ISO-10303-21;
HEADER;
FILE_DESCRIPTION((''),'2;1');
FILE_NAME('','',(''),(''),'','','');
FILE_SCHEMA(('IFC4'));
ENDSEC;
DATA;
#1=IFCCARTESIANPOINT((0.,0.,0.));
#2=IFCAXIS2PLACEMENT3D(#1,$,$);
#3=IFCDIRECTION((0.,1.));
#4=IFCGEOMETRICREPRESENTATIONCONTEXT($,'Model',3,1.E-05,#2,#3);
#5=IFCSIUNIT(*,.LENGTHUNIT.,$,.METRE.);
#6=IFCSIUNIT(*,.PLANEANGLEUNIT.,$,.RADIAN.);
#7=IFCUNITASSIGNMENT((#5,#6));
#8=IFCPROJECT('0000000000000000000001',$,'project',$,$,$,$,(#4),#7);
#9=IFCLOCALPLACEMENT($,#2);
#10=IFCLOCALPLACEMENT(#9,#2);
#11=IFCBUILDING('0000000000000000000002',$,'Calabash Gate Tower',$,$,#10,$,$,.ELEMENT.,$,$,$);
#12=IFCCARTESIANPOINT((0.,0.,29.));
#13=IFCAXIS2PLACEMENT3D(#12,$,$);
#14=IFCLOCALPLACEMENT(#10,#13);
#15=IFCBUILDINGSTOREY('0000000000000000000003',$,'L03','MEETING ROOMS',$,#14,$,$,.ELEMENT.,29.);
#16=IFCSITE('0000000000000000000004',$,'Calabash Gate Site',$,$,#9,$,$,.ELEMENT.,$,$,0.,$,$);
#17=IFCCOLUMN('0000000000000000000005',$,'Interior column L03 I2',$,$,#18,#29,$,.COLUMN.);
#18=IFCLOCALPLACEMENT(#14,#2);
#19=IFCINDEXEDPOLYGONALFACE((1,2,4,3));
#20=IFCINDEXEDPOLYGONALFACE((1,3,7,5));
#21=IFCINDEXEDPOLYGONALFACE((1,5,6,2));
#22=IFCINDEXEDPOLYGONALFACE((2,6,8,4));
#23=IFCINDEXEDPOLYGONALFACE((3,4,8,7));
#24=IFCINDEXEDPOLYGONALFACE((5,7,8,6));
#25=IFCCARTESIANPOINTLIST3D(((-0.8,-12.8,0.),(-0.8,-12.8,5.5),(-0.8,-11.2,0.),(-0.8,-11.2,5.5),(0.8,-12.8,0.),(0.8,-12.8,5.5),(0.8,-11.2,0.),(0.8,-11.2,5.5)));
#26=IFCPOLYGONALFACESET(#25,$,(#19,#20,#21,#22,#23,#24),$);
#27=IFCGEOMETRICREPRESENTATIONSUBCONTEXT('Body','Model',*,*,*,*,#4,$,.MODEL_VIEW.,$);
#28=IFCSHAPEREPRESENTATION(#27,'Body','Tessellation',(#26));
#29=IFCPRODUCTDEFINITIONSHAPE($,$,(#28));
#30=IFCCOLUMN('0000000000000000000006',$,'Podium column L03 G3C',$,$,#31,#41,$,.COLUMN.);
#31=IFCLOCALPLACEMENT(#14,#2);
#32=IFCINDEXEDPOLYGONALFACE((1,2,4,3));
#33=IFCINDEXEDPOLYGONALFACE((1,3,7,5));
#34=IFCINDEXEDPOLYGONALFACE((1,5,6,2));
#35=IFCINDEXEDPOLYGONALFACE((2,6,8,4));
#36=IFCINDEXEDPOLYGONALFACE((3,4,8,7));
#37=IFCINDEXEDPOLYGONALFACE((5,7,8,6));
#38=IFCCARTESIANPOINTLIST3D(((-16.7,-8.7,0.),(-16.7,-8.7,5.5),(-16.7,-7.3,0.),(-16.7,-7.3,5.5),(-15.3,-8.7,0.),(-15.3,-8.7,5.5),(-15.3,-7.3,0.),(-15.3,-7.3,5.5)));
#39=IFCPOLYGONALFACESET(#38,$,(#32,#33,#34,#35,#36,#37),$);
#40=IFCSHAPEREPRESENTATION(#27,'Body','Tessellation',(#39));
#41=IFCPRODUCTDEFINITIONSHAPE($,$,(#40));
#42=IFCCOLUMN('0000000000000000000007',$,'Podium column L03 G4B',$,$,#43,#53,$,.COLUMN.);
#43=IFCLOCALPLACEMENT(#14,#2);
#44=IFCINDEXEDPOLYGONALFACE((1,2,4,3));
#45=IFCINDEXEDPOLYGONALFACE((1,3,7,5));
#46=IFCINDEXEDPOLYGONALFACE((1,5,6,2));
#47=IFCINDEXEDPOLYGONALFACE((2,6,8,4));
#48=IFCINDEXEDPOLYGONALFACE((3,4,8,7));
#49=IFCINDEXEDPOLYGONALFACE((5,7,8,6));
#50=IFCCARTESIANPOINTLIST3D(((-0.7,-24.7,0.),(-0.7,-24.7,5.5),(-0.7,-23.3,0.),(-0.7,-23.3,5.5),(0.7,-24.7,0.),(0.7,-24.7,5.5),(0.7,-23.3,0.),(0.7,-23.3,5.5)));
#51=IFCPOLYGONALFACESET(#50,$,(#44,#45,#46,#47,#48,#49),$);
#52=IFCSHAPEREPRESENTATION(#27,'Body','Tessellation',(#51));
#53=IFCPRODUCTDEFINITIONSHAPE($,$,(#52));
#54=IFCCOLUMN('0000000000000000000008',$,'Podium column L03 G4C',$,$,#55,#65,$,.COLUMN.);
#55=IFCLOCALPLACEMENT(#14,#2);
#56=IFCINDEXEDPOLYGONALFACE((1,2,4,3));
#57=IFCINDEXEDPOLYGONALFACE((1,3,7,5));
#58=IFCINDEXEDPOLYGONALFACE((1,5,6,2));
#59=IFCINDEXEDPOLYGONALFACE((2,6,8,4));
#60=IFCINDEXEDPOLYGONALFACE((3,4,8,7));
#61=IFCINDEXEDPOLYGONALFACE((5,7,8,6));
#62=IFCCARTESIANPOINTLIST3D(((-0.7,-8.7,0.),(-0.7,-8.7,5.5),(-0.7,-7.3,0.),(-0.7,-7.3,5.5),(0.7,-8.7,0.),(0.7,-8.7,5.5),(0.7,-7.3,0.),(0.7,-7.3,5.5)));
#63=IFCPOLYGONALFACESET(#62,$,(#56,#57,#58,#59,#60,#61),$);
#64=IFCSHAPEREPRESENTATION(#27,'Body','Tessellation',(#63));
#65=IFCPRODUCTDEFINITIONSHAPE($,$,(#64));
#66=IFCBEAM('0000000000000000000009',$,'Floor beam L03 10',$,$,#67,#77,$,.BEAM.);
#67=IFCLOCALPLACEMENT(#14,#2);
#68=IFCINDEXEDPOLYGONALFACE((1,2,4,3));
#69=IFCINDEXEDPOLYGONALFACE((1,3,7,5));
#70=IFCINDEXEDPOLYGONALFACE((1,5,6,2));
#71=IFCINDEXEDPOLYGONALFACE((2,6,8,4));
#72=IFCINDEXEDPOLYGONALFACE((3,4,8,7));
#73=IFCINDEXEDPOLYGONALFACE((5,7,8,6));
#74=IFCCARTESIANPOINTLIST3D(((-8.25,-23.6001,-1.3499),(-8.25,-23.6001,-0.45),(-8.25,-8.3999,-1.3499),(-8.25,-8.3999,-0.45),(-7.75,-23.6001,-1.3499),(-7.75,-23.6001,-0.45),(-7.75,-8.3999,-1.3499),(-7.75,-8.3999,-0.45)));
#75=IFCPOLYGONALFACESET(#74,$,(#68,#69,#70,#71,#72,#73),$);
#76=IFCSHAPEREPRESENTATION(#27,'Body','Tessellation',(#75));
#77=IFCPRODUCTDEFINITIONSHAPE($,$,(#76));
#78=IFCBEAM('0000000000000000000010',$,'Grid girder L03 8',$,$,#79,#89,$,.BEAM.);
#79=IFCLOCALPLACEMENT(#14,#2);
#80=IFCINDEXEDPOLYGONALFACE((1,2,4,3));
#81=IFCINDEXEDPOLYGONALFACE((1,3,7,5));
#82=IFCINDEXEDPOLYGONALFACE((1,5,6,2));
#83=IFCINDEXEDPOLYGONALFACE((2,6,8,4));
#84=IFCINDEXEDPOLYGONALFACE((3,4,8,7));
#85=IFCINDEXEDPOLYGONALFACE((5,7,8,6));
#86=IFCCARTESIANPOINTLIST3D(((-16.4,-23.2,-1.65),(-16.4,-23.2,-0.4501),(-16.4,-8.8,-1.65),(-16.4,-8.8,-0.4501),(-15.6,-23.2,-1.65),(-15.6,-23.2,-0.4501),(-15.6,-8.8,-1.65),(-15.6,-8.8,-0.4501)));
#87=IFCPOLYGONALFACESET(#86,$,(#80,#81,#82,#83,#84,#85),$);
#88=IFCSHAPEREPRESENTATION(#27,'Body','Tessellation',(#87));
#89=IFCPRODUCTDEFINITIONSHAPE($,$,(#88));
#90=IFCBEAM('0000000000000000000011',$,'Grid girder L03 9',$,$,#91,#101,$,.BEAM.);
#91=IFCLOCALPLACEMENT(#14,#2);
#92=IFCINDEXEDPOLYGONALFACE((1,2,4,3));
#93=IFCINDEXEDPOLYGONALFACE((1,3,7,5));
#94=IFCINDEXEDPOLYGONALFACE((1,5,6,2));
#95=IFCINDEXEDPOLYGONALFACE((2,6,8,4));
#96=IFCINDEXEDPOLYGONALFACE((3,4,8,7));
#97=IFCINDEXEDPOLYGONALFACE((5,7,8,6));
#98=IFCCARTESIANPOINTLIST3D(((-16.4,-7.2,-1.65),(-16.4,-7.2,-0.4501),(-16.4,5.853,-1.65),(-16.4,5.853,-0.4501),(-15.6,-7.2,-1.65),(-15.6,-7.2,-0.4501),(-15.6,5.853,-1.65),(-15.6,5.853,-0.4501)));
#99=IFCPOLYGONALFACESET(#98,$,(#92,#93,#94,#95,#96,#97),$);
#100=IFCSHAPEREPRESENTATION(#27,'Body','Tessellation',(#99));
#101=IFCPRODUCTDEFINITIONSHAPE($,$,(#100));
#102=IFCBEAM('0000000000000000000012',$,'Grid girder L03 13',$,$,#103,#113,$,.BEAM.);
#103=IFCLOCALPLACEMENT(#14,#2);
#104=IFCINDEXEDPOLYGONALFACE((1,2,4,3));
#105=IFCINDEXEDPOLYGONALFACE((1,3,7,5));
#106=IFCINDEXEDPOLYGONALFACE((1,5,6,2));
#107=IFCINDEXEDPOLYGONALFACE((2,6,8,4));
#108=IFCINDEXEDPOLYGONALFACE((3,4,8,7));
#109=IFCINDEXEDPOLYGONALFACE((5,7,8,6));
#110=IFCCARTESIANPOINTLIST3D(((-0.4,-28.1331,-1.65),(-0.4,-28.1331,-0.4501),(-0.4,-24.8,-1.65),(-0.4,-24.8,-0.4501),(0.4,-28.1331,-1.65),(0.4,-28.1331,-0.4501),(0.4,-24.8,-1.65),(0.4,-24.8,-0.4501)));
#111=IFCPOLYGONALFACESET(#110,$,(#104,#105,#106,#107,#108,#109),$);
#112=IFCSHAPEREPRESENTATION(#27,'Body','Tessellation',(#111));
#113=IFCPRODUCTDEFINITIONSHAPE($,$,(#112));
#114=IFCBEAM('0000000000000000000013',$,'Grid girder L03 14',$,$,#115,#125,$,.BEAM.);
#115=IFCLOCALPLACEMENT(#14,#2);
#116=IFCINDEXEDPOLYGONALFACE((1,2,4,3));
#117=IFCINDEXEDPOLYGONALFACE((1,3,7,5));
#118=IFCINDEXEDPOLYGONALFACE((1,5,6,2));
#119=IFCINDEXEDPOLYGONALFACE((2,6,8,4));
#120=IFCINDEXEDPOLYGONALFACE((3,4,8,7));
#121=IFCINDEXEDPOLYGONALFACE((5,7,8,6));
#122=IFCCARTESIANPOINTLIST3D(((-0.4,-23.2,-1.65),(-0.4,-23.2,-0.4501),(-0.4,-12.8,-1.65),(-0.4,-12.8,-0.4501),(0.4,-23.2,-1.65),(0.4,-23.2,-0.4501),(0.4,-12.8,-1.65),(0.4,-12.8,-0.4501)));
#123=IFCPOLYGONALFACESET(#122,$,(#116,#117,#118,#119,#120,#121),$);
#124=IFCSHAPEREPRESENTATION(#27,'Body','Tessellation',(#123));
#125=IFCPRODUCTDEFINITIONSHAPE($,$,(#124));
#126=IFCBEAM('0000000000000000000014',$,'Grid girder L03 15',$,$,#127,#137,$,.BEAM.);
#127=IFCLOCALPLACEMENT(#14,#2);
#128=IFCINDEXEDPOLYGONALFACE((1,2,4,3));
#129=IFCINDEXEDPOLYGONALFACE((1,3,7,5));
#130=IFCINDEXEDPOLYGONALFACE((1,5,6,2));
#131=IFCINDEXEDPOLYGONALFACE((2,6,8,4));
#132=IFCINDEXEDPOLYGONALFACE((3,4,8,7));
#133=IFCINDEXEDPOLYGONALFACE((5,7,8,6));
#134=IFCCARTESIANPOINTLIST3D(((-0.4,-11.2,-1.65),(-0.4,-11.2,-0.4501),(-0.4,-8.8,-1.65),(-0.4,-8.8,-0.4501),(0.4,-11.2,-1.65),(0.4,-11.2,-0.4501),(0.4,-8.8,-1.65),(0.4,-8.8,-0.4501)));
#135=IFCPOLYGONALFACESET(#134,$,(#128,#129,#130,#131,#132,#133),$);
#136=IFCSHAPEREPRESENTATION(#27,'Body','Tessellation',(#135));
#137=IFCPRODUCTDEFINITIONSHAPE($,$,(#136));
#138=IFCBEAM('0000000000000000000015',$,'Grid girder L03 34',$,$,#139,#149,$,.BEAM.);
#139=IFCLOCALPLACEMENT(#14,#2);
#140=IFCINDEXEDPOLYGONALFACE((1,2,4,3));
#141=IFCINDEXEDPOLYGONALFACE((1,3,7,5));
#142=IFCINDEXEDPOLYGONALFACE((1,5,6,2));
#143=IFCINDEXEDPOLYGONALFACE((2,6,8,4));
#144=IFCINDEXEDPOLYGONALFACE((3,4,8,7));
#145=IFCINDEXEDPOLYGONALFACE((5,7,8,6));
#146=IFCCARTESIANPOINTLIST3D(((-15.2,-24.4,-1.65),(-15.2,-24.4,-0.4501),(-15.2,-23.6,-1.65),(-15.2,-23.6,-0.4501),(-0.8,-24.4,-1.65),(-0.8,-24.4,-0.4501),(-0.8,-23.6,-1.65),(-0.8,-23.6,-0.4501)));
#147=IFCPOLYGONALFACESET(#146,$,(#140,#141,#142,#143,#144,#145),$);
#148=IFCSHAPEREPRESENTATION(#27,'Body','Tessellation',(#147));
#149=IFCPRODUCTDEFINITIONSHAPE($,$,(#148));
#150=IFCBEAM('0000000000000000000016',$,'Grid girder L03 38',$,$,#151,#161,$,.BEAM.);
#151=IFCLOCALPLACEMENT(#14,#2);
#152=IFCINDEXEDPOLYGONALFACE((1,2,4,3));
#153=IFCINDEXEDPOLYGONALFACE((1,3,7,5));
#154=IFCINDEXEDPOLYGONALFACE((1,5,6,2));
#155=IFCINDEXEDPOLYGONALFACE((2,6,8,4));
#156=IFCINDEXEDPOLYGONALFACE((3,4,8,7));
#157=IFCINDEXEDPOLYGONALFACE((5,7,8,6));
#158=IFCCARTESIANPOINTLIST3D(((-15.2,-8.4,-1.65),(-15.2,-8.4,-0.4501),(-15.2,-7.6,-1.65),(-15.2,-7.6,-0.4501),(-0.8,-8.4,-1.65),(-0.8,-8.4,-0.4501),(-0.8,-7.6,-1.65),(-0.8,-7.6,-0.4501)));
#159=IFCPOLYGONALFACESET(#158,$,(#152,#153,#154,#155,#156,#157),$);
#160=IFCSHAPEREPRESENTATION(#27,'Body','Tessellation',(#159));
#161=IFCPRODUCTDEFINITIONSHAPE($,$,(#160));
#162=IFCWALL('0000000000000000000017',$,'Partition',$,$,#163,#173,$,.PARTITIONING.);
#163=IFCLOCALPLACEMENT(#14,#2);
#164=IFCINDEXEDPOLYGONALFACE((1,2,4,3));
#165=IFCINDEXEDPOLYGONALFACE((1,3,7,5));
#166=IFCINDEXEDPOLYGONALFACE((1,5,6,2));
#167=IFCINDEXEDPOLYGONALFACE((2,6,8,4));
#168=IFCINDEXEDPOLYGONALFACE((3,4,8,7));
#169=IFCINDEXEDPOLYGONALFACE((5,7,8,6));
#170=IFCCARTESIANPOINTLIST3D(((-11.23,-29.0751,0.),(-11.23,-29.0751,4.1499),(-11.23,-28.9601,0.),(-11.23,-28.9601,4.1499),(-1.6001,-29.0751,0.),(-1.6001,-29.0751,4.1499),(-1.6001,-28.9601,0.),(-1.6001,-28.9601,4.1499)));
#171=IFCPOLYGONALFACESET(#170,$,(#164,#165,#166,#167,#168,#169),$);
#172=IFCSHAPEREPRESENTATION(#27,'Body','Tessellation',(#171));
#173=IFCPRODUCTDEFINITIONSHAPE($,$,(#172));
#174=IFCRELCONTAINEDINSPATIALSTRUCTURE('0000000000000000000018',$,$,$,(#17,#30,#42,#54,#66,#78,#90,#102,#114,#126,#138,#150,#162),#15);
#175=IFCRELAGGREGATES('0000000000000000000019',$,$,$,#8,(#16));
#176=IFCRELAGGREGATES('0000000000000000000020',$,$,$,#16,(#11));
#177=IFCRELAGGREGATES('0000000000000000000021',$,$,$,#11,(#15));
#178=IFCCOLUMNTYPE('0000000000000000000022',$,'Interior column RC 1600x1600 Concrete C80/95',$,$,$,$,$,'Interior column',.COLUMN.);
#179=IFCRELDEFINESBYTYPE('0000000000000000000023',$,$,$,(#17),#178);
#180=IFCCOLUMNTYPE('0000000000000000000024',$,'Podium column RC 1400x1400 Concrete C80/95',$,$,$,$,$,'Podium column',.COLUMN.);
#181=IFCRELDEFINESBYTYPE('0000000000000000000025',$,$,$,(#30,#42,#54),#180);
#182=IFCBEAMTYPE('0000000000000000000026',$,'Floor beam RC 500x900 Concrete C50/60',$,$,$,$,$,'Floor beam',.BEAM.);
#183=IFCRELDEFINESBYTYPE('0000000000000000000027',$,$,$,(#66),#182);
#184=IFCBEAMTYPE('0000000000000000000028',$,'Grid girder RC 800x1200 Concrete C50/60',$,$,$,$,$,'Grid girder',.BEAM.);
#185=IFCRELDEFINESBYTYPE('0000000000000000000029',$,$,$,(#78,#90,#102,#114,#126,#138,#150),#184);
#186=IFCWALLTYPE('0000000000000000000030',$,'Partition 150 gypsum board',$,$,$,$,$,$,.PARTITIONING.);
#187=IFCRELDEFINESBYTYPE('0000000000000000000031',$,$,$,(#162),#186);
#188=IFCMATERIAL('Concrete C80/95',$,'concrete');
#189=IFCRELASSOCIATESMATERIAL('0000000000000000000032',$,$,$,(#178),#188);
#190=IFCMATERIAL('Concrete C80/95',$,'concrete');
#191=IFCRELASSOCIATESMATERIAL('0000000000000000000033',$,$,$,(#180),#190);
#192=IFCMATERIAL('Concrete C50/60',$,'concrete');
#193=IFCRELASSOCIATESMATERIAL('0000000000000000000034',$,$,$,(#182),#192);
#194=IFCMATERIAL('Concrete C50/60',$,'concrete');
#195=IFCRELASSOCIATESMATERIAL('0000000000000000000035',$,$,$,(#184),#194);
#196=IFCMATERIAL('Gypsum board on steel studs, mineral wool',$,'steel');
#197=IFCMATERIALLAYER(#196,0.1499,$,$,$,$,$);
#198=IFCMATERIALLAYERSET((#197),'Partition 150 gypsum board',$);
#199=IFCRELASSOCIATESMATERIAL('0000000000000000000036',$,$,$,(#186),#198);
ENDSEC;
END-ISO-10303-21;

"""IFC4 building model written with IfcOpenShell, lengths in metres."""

from ifc_helpers import new_model, si_unit, direction, frame, frame_2d, origin, origin_2d, place, context, subcontext, project, spatial, rectangle, extrude, material, layer, layer_set, material_profile, profile_set, type_object, element, save


model = new_model("IFC4")

# Units and contexts
model_context = context("Model", 3, precision=1e-05, world=origin(), true_north=direction((0.0, 1.0)))
body_context = subcontext(model_context, "Body", "Model", "MODEL_VIEW")
ifc_project = project(units=[si_unit("LENGTHUNIT", "METRE"), si_unit("PLANEANGLEUNIT", "RADIAN")], contexts=[model_context])

# Site, building, storey
site_placement = place(None, origin())
site = spatial("IfcSite", under=ifc_project, at=site_placement, Name="Calabash Gate Site", CompositionType="ELEMENT", RefElevation=0.0)
building_placement = place(site_placement, origin())
building = spatial("IfcBuilding", under=site, at=building_placement, Name="Calabash Gate Tower", CompositionType="ELEMENT")
storey_placement = place(building_placement, frame((0.0, 0.0, 29.0)))
storey = spatial("IfcBuildingStorey", under=building, at=storey_placement, Name="L03", Description="MEETING ROOMS", CompositionType="ELEMENT", Elevation=29.0)

# Columns
ifc_material_1 = material(Name="Concrete C80/95", Category="concrete")
ifc_material_profile_1 = material_profile(ifc_material_1, rectangle(XDim=1.6001, YDim=1.6001, at=origin_2d()))
ifc_profile_set_1 = profile_set([ifc_material_profile_1], Name="Concrete C80/95")
column_type_1 = type_object("IfcColumnType", Name="Interior column RC 1600x1600 Concrete C80/95", ElementType="Interior column", PredefinedType="COLUMN", material=ifc_profile_set_1)
column_placement = place(storey_placement, frame((0.0, -12.0, 0.0), z_axis=(0.0, 0.0, 1.0), x_axis=(1.0, 0.0, 0.0)))
element("IfcColumn", 1, at=column_placement, inside=storey, type_object=column_type_1, Name="Interior column L03 I2", PredefinedType="COLUMN", context=body_context, shape_type="SweptSolid", body=[
    extrude(rectangle(XDim=1.6001, YDim=1.6001, at=origin_2d()), origin(), (0.0, 0.0, 1.0), 5.5),
])
ifc_material_2 = material(Name="Concrete C80/95", Category="concrete")
ifc_material_profile_2 = material_profile(ifc_material_2, rectangle(XDim=1.3999, YDim=1.3999, at=origin_2d()))
ifc_profile_set_2 = profile_set([ifc_material_profile_2], Name="Concrete C80/95")
column_type_2 = type_object("IfcColumnType", Name="Podium column RC 1400x1400 Concrete C80/95", ElementType="Podium column", PredefinedType="COLUMN", material=ifc_profile_set_2)
for number, where, z_axis, x_axis, name in (
    (2, (-16.0, -8.0, 0.0), (0.0, 0.0, 1.0), (1.0, 0.0, 0.0), "Podium column L03 G3C"),
    (3, (0.0, -24.0, 0.0), (0.0, 0.0, 1.0), (1.0, 0.0, 0.0), "Podium column L03 G4B"),
    (4, (0.0, -8.0, 0.0), (0.0, 0.0, 1.0), (1.0, 0.0, 0.0), "Podium column L03 G4C"),
):
    element("IfcColumn", number, at=place(storey_placement, frame(where, z_axis=z_axis, x_axis=x_axis)), inside=storey, type_object=column_type_2, Name=name, PredefinedType="COLUMN", context=body_context, shape_type="SweptSolid", body=[
        extrude(rectangle(XDim=1.3999, YDim=1.3999, at=origin_2d()), origin(), (0.0, 0.0, 1.0), 5.5),
    ])

# Beams
ifc_material_3 = material(Name="Concrete C50/60", Category="concrete")
ifc_material_profile_3 = material_profile(ifc_material_3, rectangle(XDim=0.5, YDim=0.8999, at=origin_2d()))
ifc_profile_set_3 = profile_set([ifc_material_profile_3], Name="Concrete C50/60")
beam_type_1 = type_object("IfcBeamType", Name="Floor beam RC 500x900 Concrete C50/60", ElementType="Floor beam", PredefinedType="BEAM", material=ifc_profile_set_3)
beam_1_placement = place(storey_placement, frame((-8.0, -23.6001, -0.8999), z_axis=(0.0, 1.0, 0.0), x_axis=(-1.0, 0.0, 0.0)))
element("IfcBeam", 5, at=beam_1_placement, inside=storey, type_object=beam_type_1, Name="Floor beam L03 10", PredefinedType="BEAM", context=body_context, shape_type="SweptSolid", body=[
    extrude(rectangle(XDim=0.5, YDim=0.8999, at=origin_2d()), origin(), (0.0, 0.0, 1.0), 15.2002),
])
ifc_material_4 = material(Name="Concrete C50/60", Category="concrete")
ifc_material_profile_4 = material_profile(ifc_material_4, rectangle(XDim=0.8, YDim=1.2, at=origin_2d()))
ifc_profile_set_4 = profile_set([ifc_material_profile_4], Name="Concrete C50/60")
beam_type_2 = type_object("IfcBeamType", Name="Grid girder RC 800x1200 Concrete C50/60", ElementType="Grid girder", PredefinedType="BEAM", material=ifc_profile_set_4)
beam_2_placement = place(storey_placement, frame((-16.0, -23.2, -1.05), z_axis=(0.0, 1.0, 0.0), x_axis=(-1.0, 0.0, 0.0)))
element("IfcBeam", 6, at=beam_2_placement, inside=storey, type_object=beam_type_2, Name="Grid girder L03 8", PredefinedType="BEAM", context=body_context, shape_type="SweptSolid", body=[
    extrude(rectangle(XDim=0.8, YDim=1.2, at=origin_2d()), origin(), (0.0, 0.0, 1.0), 14.3999),
])
beam_3_placement = place(storey_placement, frame((-16.0, -7.2, -1.05), z_axis=(0.0, 1.0, 0.0), x_axis=(-1.0, 0.0, 0.0)))
element("IfcBeam", 7, at=beam_3_placement, inside=storey, type_object=beam_type_2, Name="Grid girder L03 9", PredefinedType="BEAM", context=body_context, shape_type="SweptSolid", body=[
    extrude(rectangle(XDim=0.8, YDim=1.2, at=origin_2d()), origin(), (0.0, 0.0, 1.0), 13.053),
])
beam_4_placement = place(storey_placement, frame((0.0, -28.1331, -1.05), z_axis=(0.0, 1.0, 0.0), x_axis=(-1.0, 0.0, 0.0)))
element("IfcBeam", 8, at=beam_4_placement, inside=storey, type_object=beam_type_2, Name="Grid girder L03 13", PredefinedType="BEAM", context=body_context, shape_type="SweptSolid", body=[
    extrude(rectangle(XDim=0.8, YDim=1.2, at=origin_2d()), origin(), (0.0, 0.0, 1.0), 3.333),
])
beam_5_placement = place(storey_placement, frame((0.0, -23.2, -1.05), z_axis=(0.0, 1.0, 0.0), x_axis=(-1.0, 0.0, 0.0)))
element("IfcBeam", 9, at=beam_5_placement, inside=storey, type_object=beam_type_2, Name="Grid girder L03 14", PredefinedType="BEAM", context=body_context, shape_type="SweptSolid", body=[
    extrude(rectangle(XDim=0.8, YDim=1.2, at=origin_2d()), origin(), (0.0, 0.0, 1.0), 10.3999),
])
beam_6_placement = place(storey_placement, frame((0.0, -11.2, -1.05), z_axis=(0.0, 1.0, 0.0), x_axis=(-1.0, 0.0, 0.0)))
element("IfcBeam", 10, at=beam_6_placement, inside=storey, type_object=beam_type_2, Name="Grid girder L03 15", PredefinedType="BEAM", context=body_context, shape_type="SweptSolid", body=[
    extrude(rectangle(XDim=0.8, YDim=1.2, at=origin_2d()), origin(), (0.0, 0.0, 1.0), 2.3999),
])
for number, where, z_axis, x_axis, name in (
    (11, (-15.2, -24.0, -1.05), (1.0, 0.0, 0.0), (0.0, 1.0, 0.0), "Grid girder L03 34"),
    (12, (-15.2, -8.0, -1.05), (1.0, 0.0, 0.0), (0.0, 1.0, 0.0), "Grid girder L03 38"),
):
    element("IfcBeam", number, at=place(storey_placement, frame(where, z_axis=z_axis, x_axis=x_axis)), inside=storey, type_object=beam_type_2, Name=name, PredefinedType="BEAM", context=body_context, shape_type="SweptSolid", body=[
        extrude(rectangle(XDim=0.8, YDim=1.2, at=origin_2d()), origin(), (0.0, 0.0, 1.0), 14.3999),
    ])

# Wall
ifc_material_5 = material(Name="Gypsum board on steel studs, mineral wool", Category="steel")
ifc_layer = layer(ifc_material_5, 0.1499)
ifc_layer_set = layer_set([ifc_layer], Name="Partition 150 gypsum board")
wall_type = type_object("IfcWallType", Name="Partition 150 gypsum board", PredefinedType="PARTITIONING", material=ifc_layer_set)
wall_1_placement = place(storey_placement, frame((-11.23, -29.0176, 0.0), z_axis=(0.0, 0.0, 1.0), x_axis=(1.0, 0.0, 0.0)))
element("IfcWall", 13, at=wall_1_placement, inside=storey, type_object=wall_type, Name="Partition", PredefinedType="PARTITIONING", context=body_context, shape_type="SweptSolid", body=[
    extrude(rectangle(XDim=9.6299, YDim=0.115, at=frame_2d((4.8149, 0.0))), origin(), (0.0, 0.0, 1.0), 4.1499),
])

save(model, "model.ifc")
